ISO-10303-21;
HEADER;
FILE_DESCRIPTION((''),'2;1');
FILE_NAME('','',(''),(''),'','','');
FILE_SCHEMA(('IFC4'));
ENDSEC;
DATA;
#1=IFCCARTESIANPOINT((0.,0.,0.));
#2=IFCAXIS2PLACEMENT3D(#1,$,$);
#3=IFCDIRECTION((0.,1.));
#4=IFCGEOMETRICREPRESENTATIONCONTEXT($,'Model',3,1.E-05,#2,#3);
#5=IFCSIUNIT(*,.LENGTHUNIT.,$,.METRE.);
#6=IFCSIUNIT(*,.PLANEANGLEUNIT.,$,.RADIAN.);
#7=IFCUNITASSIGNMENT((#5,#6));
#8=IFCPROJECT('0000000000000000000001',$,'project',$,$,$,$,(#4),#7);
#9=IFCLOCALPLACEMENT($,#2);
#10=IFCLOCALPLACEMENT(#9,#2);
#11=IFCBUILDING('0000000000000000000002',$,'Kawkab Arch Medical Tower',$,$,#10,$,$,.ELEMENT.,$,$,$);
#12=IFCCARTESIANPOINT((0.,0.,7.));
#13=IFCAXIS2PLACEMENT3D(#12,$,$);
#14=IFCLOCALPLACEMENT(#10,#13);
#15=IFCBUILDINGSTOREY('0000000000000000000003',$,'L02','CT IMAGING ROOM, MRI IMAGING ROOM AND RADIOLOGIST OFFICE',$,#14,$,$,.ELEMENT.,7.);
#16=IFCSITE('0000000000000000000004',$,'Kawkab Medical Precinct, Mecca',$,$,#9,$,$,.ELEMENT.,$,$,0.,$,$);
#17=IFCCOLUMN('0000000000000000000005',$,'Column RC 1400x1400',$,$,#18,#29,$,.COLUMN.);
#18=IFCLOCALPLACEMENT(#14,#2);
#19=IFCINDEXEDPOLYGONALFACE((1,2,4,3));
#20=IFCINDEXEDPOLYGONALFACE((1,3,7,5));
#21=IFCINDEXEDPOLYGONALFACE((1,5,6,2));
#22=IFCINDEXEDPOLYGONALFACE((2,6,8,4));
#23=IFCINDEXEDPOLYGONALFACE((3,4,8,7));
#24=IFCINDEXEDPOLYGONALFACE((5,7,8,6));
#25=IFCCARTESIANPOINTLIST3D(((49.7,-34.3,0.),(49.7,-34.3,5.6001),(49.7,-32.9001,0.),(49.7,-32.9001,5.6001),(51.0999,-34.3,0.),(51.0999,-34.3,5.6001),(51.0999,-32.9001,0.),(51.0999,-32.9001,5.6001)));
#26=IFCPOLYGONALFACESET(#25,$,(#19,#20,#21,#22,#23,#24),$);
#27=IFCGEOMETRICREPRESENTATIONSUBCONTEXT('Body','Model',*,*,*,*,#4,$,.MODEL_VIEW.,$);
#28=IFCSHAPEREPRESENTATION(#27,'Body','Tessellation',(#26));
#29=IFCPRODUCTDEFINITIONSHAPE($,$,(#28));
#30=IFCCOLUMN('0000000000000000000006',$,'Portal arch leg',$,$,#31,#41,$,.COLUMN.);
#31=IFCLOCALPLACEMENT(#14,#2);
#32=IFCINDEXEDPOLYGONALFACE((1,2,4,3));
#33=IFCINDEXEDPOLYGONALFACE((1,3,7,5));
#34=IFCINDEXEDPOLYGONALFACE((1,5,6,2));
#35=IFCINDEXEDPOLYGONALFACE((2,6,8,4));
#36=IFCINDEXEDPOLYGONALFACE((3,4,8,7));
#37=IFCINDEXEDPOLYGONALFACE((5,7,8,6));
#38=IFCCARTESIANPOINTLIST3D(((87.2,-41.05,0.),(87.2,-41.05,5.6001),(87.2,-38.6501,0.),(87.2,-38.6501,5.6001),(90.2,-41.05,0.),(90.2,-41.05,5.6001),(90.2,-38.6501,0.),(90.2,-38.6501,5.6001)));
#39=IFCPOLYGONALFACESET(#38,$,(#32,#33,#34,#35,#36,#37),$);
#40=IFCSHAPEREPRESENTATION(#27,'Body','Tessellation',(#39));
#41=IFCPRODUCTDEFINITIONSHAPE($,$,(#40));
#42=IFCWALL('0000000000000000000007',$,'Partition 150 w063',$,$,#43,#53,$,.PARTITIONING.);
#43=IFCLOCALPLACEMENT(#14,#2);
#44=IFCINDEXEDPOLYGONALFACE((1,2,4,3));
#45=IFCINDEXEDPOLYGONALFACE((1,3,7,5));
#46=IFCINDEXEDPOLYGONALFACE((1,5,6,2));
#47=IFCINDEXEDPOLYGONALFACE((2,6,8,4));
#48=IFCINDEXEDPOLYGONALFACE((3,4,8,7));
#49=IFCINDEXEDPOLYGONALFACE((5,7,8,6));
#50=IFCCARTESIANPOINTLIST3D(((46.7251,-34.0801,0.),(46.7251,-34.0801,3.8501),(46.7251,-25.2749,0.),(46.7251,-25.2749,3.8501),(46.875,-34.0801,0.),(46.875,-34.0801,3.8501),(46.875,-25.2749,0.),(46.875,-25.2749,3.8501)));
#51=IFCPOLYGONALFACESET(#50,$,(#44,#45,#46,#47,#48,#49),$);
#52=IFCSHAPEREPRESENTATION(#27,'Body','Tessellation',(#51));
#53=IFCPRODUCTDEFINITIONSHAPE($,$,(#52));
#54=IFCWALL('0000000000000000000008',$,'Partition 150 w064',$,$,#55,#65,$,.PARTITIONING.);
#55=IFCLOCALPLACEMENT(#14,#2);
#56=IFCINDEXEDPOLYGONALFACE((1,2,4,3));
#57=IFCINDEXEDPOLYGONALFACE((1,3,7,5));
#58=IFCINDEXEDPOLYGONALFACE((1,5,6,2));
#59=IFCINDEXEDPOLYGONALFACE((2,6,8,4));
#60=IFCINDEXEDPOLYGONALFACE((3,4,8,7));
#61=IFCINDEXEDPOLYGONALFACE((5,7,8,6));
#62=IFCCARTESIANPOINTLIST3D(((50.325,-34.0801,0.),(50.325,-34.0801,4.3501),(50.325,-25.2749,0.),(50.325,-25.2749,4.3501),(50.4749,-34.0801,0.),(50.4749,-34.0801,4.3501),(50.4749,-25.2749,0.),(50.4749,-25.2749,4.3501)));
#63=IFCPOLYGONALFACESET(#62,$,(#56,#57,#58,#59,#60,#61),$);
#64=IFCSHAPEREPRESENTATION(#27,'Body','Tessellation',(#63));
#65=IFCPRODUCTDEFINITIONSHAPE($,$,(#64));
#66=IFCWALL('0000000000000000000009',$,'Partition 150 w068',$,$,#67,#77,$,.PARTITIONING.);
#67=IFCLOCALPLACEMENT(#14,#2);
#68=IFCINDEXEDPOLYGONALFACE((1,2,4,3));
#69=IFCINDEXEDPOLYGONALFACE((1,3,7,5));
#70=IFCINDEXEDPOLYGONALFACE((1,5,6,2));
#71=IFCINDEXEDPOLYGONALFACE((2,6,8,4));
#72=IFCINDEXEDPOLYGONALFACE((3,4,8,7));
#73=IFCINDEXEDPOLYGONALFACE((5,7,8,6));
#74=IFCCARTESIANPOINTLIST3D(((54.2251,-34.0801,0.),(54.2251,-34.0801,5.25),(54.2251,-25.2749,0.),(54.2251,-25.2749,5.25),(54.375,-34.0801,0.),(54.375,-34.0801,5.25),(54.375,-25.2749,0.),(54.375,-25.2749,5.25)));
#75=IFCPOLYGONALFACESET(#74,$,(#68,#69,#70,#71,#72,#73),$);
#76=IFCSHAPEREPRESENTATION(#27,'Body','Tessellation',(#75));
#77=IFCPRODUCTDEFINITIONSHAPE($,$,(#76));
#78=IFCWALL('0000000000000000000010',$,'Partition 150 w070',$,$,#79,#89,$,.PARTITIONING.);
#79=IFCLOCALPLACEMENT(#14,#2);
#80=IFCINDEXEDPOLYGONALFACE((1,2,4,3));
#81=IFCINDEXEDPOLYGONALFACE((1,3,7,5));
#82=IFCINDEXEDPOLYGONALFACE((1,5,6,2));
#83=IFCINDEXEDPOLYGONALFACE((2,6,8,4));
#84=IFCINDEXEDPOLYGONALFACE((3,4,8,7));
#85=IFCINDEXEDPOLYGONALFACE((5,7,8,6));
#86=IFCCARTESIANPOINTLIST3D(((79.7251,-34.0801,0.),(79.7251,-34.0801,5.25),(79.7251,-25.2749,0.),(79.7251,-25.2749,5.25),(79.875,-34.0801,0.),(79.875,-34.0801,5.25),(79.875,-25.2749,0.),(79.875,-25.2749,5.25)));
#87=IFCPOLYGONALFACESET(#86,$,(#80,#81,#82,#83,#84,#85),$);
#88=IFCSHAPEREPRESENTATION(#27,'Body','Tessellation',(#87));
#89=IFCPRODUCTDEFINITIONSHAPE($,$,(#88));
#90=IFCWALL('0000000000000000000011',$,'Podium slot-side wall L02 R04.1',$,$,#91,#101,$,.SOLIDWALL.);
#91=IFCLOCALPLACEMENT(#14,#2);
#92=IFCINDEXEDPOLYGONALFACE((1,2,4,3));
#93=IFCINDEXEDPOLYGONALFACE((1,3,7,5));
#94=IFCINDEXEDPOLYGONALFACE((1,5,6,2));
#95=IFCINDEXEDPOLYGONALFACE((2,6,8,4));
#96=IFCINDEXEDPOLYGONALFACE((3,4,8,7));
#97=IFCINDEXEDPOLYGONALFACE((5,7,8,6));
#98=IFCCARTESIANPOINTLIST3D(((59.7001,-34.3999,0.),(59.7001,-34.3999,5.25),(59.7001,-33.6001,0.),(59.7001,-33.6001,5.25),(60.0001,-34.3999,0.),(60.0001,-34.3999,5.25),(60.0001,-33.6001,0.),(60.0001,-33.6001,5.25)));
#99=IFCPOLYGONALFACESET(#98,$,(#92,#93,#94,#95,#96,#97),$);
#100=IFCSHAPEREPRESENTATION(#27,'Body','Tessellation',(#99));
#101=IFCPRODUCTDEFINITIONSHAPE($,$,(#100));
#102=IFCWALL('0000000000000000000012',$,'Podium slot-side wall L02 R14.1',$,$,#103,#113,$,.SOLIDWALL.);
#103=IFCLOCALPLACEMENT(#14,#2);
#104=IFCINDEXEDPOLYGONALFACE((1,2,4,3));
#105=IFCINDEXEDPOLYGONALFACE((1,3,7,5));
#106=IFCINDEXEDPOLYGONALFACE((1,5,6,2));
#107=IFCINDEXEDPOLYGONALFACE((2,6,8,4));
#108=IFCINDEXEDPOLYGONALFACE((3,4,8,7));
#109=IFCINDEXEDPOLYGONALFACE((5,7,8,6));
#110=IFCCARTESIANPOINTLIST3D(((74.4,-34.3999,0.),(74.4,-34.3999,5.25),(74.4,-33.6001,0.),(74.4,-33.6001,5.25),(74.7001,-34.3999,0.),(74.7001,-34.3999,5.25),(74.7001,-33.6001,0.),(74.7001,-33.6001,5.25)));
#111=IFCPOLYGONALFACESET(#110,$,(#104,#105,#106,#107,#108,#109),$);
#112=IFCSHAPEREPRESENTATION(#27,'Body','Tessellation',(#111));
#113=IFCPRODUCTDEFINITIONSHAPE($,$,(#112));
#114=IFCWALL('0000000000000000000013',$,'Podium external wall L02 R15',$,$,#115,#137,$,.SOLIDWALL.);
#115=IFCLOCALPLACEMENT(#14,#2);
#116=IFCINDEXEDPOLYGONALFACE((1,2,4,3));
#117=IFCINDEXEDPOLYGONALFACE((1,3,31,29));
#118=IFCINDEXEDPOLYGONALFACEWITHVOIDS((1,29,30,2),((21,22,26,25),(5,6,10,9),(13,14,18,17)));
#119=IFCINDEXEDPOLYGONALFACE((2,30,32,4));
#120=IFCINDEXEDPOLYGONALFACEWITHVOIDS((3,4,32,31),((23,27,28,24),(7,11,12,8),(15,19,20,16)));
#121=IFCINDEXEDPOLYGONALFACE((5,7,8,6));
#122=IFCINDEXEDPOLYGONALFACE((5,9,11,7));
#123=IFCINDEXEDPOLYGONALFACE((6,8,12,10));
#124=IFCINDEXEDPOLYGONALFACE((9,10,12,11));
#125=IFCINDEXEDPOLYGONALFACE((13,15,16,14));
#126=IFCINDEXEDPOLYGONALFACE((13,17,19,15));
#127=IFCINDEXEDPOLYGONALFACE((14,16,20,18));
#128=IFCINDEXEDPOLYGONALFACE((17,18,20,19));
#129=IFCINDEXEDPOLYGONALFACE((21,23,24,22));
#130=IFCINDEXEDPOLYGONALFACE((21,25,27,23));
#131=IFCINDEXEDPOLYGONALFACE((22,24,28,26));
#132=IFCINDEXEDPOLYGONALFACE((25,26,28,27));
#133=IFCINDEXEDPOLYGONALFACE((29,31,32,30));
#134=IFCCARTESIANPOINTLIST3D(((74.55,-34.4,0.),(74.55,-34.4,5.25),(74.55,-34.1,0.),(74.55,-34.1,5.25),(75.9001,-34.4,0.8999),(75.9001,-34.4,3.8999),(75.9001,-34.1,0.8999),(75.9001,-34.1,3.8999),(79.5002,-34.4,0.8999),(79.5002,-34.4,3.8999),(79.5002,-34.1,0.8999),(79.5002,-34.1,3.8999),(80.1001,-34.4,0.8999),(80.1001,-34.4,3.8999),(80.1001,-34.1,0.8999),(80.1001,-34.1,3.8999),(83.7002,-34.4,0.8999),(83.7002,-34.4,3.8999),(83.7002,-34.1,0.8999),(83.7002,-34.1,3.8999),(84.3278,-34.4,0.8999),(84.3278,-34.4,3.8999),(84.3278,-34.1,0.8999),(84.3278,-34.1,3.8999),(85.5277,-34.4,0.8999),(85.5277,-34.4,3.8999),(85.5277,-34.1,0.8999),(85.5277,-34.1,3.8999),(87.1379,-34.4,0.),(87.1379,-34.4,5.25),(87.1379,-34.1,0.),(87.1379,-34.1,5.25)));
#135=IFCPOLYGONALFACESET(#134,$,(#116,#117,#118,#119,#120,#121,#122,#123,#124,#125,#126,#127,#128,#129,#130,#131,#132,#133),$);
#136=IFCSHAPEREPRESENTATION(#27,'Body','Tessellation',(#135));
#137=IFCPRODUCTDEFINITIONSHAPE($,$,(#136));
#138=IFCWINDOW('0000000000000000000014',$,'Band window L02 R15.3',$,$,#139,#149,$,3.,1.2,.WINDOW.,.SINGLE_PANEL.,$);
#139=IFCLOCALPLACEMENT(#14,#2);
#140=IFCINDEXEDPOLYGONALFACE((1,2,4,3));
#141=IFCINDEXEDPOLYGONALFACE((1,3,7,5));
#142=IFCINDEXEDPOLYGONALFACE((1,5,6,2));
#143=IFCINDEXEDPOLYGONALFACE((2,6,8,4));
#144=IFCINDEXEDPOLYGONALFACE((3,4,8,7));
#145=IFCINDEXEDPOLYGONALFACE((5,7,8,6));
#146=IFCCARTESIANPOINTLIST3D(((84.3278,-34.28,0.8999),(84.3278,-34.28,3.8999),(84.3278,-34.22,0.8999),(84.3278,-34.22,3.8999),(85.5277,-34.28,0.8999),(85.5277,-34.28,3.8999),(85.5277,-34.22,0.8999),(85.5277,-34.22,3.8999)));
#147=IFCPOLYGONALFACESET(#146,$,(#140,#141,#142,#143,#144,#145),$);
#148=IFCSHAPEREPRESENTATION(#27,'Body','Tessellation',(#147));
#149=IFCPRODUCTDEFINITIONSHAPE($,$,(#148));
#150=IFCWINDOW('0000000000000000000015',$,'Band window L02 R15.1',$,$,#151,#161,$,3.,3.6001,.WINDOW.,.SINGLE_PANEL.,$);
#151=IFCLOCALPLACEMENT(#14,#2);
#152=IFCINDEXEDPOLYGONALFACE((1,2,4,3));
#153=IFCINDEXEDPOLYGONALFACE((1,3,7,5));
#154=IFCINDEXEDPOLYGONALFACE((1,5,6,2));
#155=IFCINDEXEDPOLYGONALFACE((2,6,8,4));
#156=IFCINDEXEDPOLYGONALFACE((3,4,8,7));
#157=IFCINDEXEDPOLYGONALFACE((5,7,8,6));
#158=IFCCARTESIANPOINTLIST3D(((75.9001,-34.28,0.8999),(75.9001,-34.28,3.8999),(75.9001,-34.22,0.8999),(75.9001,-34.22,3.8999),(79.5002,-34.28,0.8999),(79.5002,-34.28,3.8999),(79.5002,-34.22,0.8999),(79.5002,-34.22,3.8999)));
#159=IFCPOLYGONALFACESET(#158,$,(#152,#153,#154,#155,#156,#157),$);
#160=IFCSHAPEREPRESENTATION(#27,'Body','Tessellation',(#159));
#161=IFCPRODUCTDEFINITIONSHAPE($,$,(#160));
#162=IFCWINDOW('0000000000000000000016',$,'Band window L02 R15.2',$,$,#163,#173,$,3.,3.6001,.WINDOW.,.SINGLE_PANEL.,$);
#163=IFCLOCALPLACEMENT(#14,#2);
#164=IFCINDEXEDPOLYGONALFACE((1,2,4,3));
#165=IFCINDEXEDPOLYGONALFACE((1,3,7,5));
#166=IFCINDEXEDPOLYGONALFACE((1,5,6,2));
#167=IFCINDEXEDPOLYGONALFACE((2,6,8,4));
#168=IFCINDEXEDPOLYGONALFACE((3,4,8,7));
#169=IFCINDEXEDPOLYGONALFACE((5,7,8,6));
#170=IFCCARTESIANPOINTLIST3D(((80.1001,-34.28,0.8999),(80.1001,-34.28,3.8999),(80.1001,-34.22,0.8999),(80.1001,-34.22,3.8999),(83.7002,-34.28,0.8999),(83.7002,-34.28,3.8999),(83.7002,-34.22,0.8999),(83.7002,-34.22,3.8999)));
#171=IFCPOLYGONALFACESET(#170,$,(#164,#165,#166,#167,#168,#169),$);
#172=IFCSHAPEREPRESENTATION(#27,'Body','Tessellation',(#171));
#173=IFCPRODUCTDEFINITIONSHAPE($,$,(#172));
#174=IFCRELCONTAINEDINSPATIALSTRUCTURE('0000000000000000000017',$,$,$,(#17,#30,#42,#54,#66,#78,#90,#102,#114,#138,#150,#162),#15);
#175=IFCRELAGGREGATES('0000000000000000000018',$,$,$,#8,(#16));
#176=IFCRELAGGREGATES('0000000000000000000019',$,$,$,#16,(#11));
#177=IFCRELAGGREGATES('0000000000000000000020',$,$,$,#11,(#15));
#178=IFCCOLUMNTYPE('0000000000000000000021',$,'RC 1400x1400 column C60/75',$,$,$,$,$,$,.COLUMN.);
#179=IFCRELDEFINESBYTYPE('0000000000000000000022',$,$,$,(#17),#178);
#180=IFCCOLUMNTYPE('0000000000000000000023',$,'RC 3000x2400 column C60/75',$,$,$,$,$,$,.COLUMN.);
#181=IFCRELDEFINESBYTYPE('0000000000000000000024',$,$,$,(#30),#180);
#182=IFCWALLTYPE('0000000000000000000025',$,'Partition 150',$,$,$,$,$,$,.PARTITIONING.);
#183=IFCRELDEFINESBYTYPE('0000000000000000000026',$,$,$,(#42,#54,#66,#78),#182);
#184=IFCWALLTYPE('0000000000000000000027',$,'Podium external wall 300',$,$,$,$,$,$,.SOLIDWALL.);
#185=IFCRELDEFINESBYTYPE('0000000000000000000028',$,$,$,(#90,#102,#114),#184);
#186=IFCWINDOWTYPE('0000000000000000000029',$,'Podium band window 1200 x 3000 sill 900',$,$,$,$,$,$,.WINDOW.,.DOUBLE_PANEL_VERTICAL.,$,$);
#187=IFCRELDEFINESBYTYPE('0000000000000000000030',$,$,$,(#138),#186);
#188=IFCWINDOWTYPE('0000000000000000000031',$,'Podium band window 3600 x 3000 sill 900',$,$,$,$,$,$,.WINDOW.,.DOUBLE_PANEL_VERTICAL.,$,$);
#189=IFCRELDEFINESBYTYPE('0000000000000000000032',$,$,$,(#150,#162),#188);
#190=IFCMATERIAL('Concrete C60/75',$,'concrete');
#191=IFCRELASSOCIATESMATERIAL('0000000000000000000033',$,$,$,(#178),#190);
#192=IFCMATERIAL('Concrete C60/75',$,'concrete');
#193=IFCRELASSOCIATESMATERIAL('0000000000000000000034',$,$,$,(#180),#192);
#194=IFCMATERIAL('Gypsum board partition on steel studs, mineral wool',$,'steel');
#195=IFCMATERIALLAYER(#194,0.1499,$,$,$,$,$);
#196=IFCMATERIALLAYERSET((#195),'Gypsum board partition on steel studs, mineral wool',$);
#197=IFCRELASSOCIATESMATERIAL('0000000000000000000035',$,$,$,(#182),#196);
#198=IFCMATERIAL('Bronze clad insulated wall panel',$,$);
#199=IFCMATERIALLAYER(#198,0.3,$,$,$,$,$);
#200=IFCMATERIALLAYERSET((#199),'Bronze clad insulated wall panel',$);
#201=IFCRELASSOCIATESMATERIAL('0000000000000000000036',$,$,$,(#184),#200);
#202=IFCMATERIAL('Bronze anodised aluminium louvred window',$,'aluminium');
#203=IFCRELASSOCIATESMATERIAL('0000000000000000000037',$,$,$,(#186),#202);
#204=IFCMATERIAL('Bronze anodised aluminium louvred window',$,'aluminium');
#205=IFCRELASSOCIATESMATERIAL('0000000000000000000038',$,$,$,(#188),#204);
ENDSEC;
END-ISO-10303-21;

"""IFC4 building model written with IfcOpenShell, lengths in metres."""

from ifc_helpers import new_model, si_unit, direction, frame, frame_2d, origin, origin_2d, place, context, subcontext, project, spatial, rectangle, extrude, material, layer, layer_set, material_profile, profile_set, type_object, element, fill, save


model = new_model("IFC4")

# Units and contexts
model_context = context("Model", 3, precision=1e-05, world=origin(), true_north=direction((0.0, 1.0)))
body_context = subcontext(model_context, "Body", "Model", "MODEL_VIEW")
ifc_project = project(units=[si_unit("LENGTHUNIT", "METRE"), si_unit("PLANEANGLEUNIT", "RADIAN")], contexts=[model_context])

# Site, building, storey
site_placement = place(None, origin())
site = spatial("IfcSite", under=ifc_project, at=site_placement, Name="Kawkab Medical Precinct, Mecca", CompositionType="ELEMENT", RefElevation=0.0)
building_placement = place(site_placement, origin())
building = spatial("IfcBuilding", under=site, at=building_placement, Name="Kawkab Arch Medical Tower", CompositionType="ELEMENT")
storey_placement = place(building_placement, frame((0.0, 0.0, 7.0)))
storey = spatial("IfcBuildingStorey", under=building, at=storey_placement, Name="L02", Description="CT IMAGING ROOM, MRI IMAGING ROOM AND RADIOLOGIST OFFICE", CompositionType="ELEMENT", Elevation=7.0)

# Columns
ifc_material_1 = material(Name="Concrete C60/75", Category="concrete")
ifc_material_profile_1 = material_profile(ifc_material_1, rectangle(XDim=1.3999, YDim=1.3999, at=origin_2d()), Name="RC 1400x1400")
ifc_profile_set_1 = profile_set([ifc_material_profile_1], Name="Concrete C60/75")
column_type_1 = type_object("IfcColumnType", Name="RC 1400x1400 column C60/75", PredefinedType="COLUMN", material=ifc_profile_set_1)
column_1_placement = place(storey_placement, frame((50.3999, -33.6001, 0.0), z_axis=(0.0, 0.0, 1.0), x_axis=(1.0, 0.0, 0.0)))
element("IfcColumn", 1, at=column_1_placement, inside=storey, type_object=column_type_1, Name="Column RC 1400x1400", PredefinedType="COLUMN", context=body_context, shape_type="SweptSolid", body=[
    extrude(rectangle(XDim=1.3999, YDim=1.3999, at=origin_2d()), origin(), (0.0, 0.0, 1.0), 5.6001),
])
ifc_material_2 = material(Name="Concrete C60/75", Category="concrete")
ifc_material_profile_2 = material_profile(ifc_material_2, rectangle(XDim=3.0, YDim=2.3999, at=origin_2d()), Name="RC 3000x2400")
ifc_profile_set_2 = profile_set([ifc_material_profile_2], Name="Concrete C60/75")
column_type_2 = type_object("IfcColumnType", Name="RC 3000x2400 column C60/75", PredefinedType="COLUMN", material=ifc_profile_set_2)
column_2_placement = place(storey_placement, frame((88.7, -39.8501, 0.0), z_axis=(0.0, 0.0, 1.0), x_axis=(1.0, 0.0, 0.0)))
element("IfcColumn", 2, at=column_2_placement, inside=storey, type_object=column_type_2, Name="Portal arch leg", PredefinedType="COLUMN", context=body_context, shape_type="SweptSolid", body=[
    extrude(rectangle(XDim=3.0, YDim=2.3999, at=origin_2d()), origin(), (0.0, 0.0, 1.0), 5.6001),
])

# Walls
ifc_material_3 = material(Name="Gypsum board partition on steel studs, mineral wool", Category="steel")
ifc_layer_1 = layer(ifc_material_3, 0.1499)
ifc_layer_set_1 = layer_set([ifc_layer_1], Name="Gypsum board partition on steel studs, mineral wool")
wall_type_1 = type_object("IfcWallType", Name="Partition 150", PredefinedType="PARTITIONING", material=ifc_layer_set_1)
wall_1_placement = place(storey_placement, frame((46.8, -34.0801, 0.0), z_axis=(0.0, 0.0, 1.0), x_axis=(0.0, 1.0, 0.0)))
element("IfcWall", 3, at=wall_1_placement, inside=storey, type_object=wall_type_1, Name="Partition 150 w063", PredefinedType="PARTITIONING", context=body_context, shape_type="SweptSolid", body=[
    extrude(rectangle(XDim=8.8052, YDim=0.1499, at=frame_2d((4.4026, 0.0))), origin(), (0.0, 0.0, 1.0), 3.8501),
])
wall_2_placement = place(storey_placement, frame((50.3999, -34.0801, 0.0), z_axis=(0.0, 0.0, 1.0), x_axis=(0.0, 1.0, 0.0)))
element("IfcWall", 4, at=wall_2_placement, inside=storey, type_object=wall_type_1, Name="Partition 150 w064", PredefinedType="PARTITIONING", context=body_context, shape_type="SweptSolid", body=[
    extrude(rectangle(XDim=8.8052, YDim=0.1499, at=frame_2d((4.4026, 0.0))), origin(), (0.0, 0.0, 1.0), 4.3501),
])
for number, where, z_axis, x_axis, name in (
    (5, (54.3, -34.0801, 0.0), (0.0, 0.0, 1.0), (0.0, 1.0, 0.0), "Partition 150 w068"),
    (6, (79.8, -34.0801, 0.0), (0.0, 0.0, 1.0), (0.0, 1.0, 0.0), "Partition 150 w070"),
):
    element("IfcWall", number, at=place(storey_placement, frame(where, z_axis=z_axis, x_axis=x_axis)), inside=storey, type_object=wall_type_1, Name=name, PredefinedType="PARTITIONING", context=body_context, shape_type="SweptSolid", body=[
        extrude(rectangle(XDim=8.8052, YDim=0.1499, at=frame_2d((4.4026, 0.0))), origin(), (0.0, 0.0, 1.0), 5.25),
    ])
ifc_material_4 = material(Name="Bronze clad insulated wall panel")
ifc_layer_2 = layer(ifc_material_4, 0.3)
ifc_layer_set_2 = layer_set([ifc_layer_2], Name="Bronze clad insulated wall panel")
wall_type_2 = type_object("IfcWallType", Name="Podium external wall 300", PredefinedType="SOLIDWALL", material=ifc_layer_set_2)
for number, where, z_axis, x_axis, name in (
    (7, (59.8501, -34.3999, 0.0), (0.0, 0.0, 1.0), (0.0, 1.0, 0.0), "Podium slot-side wall L02 R04.1"),
    (8, (74.55, -33.6001, 0.0), (0.0, 0.0, 1.0), (0.0, -1.0, 0.0), "Podium slot-side wall L02 R14.1"),
):
    element("IfcWall", number, at=place(storey_placement, frame(where, z_axis=z_axis, x_axis=x_axis)), inside=storey, type_object=wall_type_2, Name=name, PredefinedType="SOLIDWALL", context=body_context, shape_type="SweptSolid", body=[
        extrude(rectangle(XDim=0.7998, YDim=0.3, at=frame_2d((0.3999, 0.0))), origin(), (0.0, 0.0, 1.0), 5.25),
    ])

# Wall, openings, windows
wall_3_placement = place(storey_placement, frame((74.55, -34.25, 0.0), z_axis=(0.0, 0.0, 1.0), x_axis=(1.0, 0.0, 0.0)))
wall_3 = element("IfcWall", 9, at=wall_3_placement, inside=storey, type_object=wall_type_2, Name="Podium external wall L02 R15", PredefinedType="SOLIDWALL", context=body_context, shape_type="SweptSolid", body=[
    extrude(rectangle(XDim=12.5879, YDim=0.3, at=frame_2d((6.2939, 0.0))), origin(), (0.0, 0.0, 1.0), 5.25),
])
opening_1_placement = place(wall_3_placement, frame((1.3501, 0.0, 0.8999)))
opening_1 = element("IfcOpeningElement", 10, at=opening_1_placement, cuts=wall_3, PredefinedType="OPENING", context=body_context, shape_type="SweptSolid", body=[
    extrude(rectangle(XDim=3.6001, YDim=3.0, at=frame_2d((1.8, 1.5))), frame((0.0, 0.1599, 0.0), z_axis=(0.0, -1.0, 0.0), x_axis=(1.0, 0.0, 0.0)), (0.0, 0.0, 1.0), 0.3201),
])
opening_2_placement = place(wall_3_placement, frame((5.55, 0.0, 0.8999)))
opening_2 = element("IfcOpeningElement", 11, at=opening_2_placement, cuts=wall_3, PredefinedType="OPENING", context=body_context, shape_type="SweptSolid", body=[
    extrude(rectangle(XDim=3.6001, YDim=3.0, at=frame_2d((1.8, 1.5))), frame((0.0, 0.1599, 0.0), z_axis=(0.0, -1.0, 0.0), x_axis=(1.0, 0.0, 0.0)), (0.0, 0.0, 1.0), 0.3201),
])
opening_3_placement = place(wall_3_placement, frame((9.7776, 0.0, 0.8999)))
opening_3 = element("IfcOpeningElement", 12, at=opening_3_placement, cuts=wall_3, PredefinedType="OPENING", context=body_context, shape_type="SweptSolid", body=[
    extrude(rectangle(XDim=1.2, YDim=3.0, at=frame_2d((0.6001, 1.5))), frame((0.0, 0.1599, 0.0), z_axis=(0.0, -1.0, 0.0), x_axis=(1.0, 0.0, 0.0)), (0.0, 0.0, 1.0), 0.3201),
])
ifc_material_5 = material(Name="Bronze anodised aluminium louvred window", Category="aluminium")
window_type_1 = type_object("IfcWindowType", Name="Podium band window 1200 x 3000 sill 900", PartitioningType="DOUBLE_PANEL_VERTICAL", PredefinedType="WINDOW", material=ifc_material_5)
window_1_placement = place(opening_3_placement, origin())
window_1 = element("IfcWindow", 13, at=window_1_placement, inside=storey, type_object=window_type_1, Name="Band window L02 R15.3", OverallHeight=3.0, OverallWidth=1.2, PartitioningType="SINGLE_PANEL", PredefinedType="WINDOW", context=body_context, shape_type="SweptSolid", body=[
    extrude(rectangle(XDim=1.2, YDim=3.0, at=frame_2d((0.6001, 1.5))), frame((0.0, 0.03, 0.0), z_axis=(0.0, -1.0, 0.0), x_axis=(1.0, 0.0, 0.0)), (0.0, 0.0, 1.0), 0.0601),
])
fill(opening_3, window_1)
ifc_material_6 = material(Name="Bronze anodised aluminium louvred window", Category="aluminium")
window_type_2 = type_object("IfcWindowType", Name="Podium band window 3600 x 3000 sill 900", PartitioningType="DOUBLE_PANEL_VERTICAL", PredefinedType="WINDOW", material=ifc_material_6)
window_2_placement = place(opening_1_placement, origin())
window_2 = element("IfcWindow", 14, at=window_2_placement, inside=storey, type_object=window_type_2, Name="Band window L02 R15.1", OverallHeight=3.0, OverallWidth=3.6001, PartitioningType="SINGLE_PANEL", PredefinedType="WINDOW", context=body_context, shape_type="SweptSolid", body=[
    extrude(rectangle(XDim=3.6001, YDim=3.0, at=frame_2d((1.8, 1.5))), frame((0.0, 0.03, 0.0), z_axis=(0.0, -1.0, 0.0), x_axis=(1.0, 0.0, 0.0)), (0.0, 0.0, 1.0), 0.0601),
])
fill(opening_1, window_2)
window_3_placement = place(opening_2_placement, origin())
window_3 = element("IfcWindow", 15, at=window_3_placement, inside=storey, type_object=window_type_2, Name="Band window L02 R15.2", OverallHeight=3.0, OverallWidth=3.6001, PartitioningType="SINGLE_PANEL", PredefinedType="WINDOW", context=body_context, shape_type="SweptSolid", body=[
    extrude(rectangle(XDim=3.6001, YDim=3.0, at=frame_2d((1.8, 1.5))), frame((0.0, 0.03, 0.0), z_axis=(0.0, -1.0, 0.0), x_axis=(1.0, 0.0, 0.0)), (0.0, 0.0, 1.0), 0.0601),
])
fill(opening_2, window_3)

save(model, "model.ifc")
